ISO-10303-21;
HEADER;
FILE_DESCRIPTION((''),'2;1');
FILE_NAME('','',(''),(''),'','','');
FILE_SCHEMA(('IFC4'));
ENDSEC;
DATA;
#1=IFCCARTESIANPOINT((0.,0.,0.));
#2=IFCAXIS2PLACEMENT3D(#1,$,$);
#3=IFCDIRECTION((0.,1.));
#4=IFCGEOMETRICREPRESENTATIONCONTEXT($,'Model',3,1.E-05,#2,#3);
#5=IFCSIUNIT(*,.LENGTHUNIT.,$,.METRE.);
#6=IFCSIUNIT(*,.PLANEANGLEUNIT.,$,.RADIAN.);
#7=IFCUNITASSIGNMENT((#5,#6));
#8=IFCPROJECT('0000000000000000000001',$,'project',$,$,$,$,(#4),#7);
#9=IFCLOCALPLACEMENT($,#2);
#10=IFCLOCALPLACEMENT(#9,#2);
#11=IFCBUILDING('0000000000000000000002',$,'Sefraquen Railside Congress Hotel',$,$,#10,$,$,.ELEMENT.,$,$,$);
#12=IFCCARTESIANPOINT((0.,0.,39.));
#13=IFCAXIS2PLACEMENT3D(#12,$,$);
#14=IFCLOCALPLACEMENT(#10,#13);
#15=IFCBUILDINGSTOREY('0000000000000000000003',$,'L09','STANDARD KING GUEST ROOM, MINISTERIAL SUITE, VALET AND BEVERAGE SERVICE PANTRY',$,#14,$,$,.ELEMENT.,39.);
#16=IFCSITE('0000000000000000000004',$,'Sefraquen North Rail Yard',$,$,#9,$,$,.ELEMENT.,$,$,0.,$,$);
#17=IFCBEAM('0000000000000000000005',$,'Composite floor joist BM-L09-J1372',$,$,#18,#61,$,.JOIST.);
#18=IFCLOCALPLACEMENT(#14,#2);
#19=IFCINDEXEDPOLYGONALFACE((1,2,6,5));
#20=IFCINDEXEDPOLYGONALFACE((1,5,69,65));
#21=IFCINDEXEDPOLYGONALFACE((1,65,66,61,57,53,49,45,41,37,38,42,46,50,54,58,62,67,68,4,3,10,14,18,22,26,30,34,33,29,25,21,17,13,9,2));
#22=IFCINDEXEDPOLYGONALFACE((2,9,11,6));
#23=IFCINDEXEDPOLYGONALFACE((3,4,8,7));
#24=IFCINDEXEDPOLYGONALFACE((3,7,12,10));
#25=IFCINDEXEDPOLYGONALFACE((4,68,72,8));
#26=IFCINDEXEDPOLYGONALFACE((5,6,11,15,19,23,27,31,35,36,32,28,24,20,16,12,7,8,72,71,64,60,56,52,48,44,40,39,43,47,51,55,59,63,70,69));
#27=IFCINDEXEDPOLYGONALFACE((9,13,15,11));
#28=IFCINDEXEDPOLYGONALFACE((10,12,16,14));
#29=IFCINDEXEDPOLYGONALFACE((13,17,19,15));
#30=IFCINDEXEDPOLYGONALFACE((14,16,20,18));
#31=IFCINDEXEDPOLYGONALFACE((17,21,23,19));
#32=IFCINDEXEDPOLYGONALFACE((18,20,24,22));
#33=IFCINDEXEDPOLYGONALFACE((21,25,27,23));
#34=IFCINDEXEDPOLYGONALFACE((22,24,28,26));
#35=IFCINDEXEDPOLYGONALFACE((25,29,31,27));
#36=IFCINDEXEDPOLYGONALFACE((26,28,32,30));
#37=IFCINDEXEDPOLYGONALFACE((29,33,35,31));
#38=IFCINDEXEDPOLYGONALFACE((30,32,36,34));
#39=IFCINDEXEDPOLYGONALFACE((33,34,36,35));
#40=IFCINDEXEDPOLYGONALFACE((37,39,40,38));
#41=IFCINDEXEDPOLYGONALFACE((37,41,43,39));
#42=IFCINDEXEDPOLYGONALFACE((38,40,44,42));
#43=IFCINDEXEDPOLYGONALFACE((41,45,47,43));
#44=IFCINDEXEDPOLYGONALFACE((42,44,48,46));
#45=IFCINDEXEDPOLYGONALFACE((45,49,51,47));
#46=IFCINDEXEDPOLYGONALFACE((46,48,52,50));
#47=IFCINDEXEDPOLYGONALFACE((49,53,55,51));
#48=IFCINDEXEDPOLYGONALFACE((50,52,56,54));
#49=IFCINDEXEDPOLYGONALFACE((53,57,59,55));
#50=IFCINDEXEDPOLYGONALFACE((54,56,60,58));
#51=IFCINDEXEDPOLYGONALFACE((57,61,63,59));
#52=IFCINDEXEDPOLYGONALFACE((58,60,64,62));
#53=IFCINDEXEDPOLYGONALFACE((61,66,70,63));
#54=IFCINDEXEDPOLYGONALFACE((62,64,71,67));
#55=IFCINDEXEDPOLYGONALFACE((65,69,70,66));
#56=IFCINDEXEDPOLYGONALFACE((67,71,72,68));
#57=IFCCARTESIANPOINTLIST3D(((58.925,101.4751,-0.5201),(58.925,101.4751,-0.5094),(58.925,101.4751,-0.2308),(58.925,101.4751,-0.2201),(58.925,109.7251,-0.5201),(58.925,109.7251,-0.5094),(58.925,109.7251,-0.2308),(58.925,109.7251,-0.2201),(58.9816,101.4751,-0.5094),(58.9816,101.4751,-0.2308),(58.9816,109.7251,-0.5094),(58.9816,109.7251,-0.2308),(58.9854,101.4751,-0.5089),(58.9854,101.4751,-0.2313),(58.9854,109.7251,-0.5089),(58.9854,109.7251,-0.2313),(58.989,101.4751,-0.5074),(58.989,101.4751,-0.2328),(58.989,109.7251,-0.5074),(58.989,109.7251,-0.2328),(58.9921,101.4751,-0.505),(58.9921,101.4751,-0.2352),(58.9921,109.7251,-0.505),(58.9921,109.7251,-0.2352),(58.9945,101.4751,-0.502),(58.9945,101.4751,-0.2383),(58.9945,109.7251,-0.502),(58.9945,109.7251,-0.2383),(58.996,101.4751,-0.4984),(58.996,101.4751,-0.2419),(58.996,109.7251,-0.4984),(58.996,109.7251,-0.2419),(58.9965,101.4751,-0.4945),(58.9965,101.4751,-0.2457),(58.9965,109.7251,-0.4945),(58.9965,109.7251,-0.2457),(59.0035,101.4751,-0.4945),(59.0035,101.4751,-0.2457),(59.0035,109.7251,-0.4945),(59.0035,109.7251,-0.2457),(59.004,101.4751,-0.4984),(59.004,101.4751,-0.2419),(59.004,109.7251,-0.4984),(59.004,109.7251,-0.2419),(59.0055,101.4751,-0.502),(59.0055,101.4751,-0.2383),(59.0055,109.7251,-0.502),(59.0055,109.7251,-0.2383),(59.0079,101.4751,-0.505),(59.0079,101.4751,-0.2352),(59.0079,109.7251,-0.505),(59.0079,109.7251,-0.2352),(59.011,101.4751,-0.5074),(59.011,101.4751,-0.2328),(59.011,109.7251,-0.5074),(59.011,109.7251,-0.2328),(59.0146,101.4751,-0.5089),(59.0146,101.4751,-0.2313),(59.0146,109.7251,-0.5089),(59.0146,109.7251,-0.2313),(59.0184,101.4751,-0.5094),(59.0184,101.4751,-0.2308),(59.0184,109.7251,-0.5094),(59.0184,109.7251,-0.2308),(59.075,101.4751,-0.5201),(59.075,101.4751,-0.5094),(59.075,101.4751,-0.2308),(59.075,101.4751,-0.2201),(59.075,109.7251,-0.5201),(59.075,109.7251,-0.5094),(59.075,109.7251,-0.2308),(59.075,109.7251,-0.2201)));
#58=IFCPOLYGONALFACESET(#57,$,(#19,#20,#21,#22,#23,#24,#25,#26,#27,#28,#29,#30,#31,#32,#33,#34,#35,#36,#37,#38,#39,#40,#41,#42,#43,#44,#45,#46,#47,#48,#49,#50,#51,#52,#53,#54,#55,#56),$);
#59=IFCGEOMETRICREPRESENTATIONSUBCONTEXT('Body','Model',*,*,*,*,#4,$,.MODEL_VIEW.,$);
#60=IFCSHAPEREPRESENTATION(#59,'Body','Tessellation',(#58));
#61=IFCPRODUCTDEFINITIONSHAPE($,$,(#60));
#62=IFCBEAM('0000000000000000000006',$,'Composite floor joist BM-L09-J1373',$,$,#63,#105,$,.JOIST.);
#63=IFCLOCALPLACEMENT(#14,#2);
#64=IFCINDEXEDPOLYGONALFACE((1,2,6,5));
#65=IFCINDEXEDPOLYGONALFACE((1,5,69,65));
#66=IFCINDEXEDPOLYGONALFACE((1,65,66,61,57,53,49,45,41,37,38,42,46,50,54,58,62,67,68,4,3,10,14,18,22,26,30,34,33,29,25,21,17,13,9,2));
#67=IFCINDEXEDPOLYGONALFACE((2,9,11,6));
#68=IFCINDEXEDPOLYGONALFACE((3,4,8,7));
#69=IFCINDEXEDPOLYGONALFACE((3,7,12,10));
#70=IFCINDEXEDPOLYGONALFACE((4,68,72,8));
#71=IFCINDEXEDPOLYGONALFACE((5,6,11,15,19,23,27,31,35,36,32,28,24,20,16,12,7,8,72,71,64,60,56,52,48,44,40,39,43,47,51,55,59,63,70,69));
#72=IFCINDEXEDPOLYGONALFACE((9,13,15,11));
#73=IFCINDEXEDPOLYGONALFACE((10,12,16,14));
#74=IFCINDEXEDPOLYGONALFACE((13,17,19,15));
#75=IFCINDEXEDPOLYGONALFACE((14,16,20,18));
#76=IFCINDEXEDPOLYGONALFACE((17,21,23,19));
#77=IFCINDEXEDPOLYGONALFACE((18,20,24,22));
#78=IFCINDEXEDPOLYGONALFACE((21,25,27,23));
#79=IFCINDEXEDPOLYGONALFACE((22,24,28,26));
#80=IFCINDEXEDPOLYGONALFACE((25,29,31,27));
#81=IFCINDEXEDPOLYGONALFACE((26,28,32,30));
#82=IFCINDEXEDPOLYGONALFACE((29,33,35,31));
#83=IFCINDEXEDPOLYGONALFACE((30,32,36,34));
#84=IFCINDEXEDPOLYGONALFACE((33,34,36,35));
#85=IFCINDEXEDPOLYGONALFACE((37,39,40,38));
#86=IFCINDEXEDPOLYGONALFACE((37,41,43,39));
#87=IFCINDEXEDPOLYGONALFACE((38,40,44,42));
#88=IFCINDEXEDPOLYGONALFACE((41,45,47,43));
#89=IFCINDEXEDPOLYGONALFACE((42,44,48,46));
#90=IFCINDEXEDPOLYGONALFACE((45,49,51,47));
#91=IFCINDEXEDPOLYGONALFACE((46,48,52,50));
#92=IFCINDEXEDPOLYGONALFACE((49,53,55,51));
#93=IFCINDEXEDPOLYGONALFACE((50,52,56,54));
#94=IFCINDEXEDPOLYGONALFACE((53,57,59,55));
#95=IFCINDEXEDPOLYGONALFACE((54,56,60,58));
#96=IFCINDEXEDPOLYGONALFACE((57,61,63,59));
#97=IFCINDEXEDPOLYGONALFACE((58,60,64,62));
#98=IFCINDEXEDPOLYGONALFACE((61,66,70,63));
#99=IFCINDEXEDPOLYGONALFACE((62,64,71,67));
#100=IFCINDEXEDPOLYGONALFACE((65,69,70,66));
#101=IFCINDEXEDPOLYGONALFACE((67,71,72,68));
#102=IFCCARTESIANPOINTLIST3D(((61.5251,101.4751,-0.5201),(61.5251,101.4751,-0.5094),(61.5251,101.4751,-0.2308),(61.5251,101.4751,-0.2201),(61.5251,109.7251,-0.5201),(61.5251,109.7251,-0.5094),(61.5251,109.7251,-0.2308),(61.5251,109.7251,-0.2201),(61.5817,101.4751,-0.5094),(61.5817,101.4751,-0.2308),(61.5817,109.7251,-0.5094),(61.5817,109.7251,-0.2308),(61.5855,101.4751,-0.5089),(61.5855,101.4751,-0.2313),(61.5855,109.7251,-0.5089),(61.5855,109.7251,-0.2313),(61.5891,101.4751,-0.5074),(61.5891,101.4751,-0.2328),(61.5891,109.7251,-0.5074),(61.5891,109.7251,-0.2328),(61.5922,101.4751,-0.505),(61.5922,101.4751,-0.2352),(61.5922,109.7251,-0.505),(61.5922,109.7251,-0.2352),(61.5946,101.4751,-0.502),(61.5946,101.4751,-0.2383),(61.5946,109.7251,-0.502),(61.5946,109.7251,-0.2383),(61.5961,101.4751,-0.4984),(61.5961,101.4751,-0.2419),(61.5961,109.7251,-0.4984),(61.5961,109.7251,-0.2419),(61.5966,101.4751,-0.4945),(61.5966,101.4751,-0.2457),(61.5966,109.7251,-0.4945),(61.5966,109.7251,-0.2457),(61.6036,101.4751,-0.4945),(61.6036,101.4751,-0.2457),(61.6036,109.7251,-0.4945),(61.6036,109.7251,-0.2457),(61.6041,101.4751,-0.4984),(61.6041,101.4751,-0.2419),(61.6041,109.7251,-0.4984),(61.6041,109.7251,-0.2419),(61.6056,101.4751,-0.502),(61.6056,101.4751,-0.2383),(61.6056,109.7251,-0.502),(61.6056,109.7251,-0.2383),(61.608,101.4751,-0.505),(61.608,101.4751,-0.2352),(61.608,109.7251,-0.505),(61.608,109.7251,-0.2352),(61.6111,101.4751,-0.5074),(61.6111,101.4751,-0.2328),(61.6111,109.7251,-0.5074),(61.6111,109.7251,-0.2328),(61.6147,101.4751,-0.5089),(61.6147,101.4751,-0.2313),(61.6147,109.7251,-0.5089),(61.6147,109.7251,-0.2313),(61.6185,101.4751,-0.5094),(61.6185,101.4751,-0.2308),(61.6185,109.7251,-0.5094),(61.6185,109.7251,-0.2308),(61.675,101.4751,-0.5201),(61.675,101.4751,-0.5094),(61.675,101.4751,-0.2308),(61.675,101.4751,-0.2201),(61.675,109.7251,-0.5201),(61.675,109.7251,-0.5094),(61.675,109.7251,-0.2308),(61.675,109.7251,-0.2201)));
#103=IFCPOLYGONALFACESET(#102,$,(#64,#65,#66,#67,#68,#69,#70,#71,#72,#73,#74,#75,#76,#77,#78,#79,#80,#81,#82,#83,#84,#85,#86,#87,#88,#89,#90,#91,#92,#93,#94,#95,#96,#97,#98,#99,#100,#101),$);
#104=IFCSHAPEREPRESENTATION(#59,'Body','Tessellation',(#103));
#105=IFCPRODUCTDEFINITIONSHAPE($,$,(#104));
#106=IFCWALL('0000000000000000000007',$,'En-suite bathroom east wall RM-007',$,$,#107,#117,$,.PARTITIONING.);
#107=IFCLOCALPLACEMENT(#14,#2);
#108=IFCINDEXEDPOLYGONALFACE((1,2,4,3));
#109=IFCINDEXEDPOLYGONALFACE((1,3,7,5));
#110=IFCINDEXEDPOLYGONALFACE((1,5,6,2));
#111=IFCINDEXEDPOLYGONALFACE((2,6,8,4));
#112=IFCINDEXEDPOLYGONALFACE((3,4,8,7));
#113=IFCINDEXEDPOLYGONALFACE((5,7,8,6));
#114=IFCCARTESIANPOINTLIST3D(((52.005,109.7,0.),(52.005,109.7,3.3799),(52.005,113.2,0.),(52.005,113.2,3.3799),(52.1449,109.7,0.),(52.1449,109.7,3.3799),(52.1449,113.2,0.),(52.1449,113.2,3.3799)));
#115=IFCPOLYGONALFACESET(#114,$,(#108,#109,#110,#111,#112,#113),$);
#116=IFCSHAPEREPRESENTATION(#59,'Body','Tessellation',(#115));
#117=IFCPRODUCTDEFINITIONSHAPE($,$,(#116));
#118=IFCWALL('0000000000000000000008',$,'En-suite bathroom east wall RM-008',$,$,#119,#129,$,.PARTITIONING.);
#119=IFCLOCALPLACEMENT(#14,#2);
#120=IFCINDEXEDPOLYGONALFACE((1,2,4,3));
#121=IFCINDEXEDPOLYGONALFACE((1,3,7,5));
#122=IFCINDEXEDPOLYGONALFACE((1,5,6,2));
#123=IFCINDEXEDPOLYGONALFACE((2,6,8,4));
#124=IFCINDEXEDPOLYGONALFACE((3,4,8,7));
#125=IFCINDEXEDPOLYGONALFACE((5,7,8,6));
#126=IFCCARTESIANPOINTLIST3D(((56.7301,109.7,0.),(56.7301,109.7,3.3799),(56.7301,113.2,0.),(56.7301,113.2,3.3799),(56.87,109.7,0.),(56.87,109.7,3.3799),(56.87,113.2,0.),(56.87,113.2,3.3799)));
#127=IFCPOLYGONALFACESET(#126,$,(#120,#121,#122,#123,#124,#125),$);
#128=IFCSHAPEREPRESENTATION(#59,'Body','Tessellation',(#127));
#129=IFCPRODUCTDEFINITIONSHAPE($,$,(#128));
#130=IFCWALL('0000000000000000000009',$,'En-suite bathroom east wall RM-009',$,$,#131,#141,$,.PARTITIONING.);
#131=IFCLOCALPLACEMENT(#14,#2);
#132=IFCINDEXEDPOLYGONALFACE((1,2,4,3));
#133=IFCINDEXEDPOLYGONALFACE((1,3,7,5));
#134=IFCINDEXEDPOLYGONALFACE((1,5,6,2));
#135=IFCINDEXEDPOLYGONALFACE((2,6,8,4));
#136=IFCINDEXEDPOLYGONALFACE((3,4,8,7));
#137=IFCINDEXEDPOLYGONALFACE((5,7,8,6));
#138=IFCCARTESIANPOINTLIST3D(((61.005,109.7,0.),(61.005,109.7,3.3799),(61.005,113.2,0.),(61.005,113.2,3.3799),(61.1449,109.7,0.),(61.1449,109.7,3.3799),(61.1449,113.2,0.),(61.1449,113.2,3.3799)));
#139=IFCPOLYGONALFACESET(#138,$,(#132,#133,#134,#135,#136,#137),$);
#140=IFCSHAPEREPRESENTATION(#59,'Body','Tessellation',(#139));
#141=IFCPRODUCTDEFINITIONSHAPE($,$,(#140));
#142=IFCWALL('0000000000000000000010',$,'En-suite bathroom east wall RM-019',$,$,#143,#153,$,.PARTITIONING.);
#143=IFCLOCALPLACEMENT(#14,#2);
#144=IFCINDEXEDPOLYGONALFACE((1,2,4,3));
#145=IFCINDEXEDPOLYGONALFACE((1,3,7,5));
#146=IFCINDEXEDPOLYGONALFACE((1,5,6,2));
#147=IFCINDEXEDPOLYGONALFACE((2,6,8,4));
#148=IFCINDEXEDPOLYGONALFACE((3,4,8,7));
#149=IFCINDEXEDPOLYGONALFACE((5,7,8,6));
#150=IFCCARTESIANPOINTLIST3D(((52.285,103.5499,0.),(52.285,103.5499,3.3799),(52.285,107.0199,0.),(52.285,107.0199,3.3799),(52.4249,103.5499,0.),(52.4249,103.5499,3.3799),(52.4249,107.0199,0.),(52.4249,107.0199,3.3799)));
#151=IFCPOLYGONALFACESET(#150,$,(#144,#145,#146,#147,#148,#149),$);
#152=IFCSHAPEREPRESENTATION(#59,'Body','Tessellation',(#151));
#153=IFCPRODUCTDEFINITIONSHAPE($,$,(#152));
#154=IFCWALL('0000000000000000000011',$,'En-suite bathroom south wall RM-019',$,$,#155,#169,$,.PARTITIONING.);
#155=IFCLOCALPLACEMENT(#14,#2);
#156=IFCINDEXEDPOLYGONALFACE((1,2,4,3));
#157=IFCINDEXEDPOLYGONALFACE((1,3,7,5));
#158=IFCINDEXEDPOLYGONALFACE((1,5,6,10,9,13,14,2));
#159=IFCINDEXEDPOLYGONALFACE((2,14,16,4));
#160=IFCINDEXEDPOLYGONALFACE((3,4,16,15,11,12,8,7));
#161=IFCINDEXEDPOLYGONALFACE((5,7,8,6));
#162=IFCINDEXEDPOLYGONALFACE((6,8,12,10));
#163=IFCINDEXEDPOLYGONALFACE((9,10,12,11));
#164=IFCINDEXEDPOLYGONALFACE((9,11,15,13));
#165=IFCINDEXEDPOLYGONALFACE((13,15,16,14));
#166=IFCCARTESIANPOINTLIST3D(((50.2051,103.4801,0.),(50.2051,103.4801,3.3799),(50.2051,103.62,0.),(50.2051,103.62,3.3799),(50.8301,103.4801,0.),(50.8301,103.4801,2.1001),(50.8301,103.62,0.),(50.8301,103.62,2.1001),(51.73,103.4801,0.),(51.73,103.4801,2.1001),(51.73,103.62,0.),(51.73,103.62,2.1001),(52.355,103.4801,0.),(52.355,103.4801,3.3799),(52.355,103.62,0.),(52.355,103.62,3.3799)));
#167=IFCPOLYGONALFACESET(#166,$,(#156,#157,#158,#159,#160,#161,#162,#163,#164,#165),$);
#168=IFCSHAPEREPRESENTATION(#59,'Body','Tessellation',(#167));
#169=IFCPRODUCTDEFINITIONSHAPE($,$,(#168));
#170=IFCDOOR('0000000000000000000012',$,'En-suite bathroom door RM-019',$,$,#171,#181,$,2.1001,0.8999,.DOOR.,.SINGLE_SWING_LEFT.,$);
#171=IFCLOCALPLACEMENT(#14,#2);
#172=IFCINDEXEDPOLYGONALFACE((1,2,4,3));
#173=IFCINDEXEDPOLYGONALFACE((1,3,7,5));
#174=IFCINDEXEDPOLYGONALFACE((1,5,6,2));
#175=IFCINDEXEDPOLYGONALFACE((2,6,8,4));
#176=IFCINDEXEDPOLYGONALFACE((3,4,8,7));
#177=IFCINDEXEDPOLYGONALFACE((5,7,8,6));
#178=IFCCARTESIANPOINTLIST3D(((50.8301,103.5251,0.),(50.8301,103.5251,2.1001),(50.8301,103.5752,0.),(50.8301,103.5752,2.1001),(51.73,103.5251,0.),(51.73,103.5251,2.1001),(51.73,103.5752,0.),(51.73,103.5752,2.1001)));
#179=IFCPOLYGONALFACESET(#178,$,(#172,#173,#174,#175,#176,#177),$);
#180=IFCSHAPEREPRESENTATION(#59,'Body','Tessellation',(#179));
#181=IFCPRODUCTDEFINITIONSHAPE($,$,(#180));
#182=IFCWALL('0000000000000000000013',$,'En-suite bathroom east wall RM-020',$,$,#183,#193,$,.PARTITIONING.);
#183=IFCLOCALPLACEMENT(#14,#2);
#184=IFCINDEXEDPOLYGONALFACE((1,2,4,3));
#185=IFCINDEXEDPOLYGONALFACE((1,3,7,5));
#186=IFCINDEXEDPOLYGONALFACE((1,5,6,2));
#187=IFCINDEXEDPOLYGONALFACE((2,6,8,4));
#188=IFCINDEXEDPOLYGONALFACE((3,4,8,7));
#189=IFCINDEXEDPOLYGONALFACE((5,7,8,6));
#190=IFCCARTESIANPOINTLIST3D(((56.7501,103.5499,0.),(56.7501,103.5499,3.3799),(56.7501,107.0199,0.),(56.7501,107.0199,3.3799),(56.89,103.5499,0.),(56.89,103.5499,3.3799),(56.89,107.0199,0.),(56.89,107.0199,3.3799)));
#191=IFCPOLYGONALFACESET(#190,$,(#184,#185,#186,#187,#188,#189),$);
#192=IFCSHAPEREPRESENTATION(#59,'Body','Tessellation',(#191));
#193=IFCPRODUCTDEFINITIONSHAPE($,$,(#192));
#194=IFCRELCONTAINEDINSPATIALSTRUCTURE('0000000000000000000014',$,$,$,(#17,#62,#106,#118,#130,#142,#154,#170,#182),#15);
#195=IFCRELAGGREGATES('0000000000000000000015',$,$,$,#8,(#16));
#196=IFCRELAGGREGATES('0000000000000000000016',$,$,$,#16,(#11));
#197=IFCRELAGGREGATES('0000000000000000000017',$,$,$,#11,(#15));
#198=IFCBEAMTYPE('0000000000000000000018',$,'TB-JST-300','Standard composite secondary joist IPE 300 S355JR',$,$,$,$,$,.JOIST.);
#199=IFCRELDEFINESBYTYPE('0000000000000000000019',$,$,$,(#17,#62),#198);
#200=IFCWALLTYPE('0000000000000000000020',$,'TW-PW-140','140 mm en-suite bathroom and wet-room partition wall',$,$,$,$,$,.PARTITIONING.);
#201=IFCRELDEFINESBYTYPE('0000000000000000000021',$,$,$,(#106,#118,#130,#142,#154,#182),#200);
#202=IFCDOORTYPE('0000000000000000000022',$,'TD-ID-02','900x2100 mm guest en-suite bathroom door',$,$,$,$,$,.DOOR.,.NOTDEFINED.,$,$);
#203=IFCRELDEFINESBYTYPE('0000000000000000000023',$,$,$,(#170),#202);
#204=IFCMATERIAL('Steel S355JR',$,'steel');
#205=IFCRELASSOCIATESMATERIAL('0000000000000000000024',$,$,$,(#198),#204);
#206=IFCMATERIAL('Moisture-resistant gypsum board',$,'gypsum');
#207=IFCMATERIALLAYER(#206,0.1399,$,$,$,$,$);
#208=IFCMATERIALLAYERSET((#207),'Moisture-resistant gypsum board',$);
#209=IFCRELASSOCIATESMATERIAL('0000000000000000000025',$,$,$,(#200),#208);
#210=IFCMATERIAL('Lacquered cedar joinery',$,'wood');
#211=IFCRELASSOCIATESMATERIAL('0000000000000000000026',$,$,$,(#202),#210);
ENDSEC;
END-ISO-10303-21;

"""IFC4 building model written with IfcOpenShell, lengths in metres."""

from ifc_helpers import new_model, si_unit, direction, frame, frame_2d, origin, origin_2d, place, context, subcontext, project, spatial, rectangle, i_section, extrude, material, layer, layer_set, material_profile, profile_set, type_object, element, fill, save


model = new_model("IFC4")

# Units and contexts
model_context = context("Model", 3, precision=1e-05, world=origin(), true_north=direction((0.0, 1.0)))
body_context = subcontext(model_context, "Body", "Model", "MODEL_VIEW")
ifc_project = project(units=[si_unit("LENGTHUNIT", "METRE"), si_unit("PLANEANGLEUNIT", "RADIAN")], contexts=[model_context])

# Site, building, storey
site_placement = place(None, origin())
site = spatial("IfcSite", under=ifc_project, at=site_placement, Name="Sefraquen North Rail Yard", CompositionType="ELEMENT", RefElevation=0.0)
building_placement = place(site_placement, origin())
building = spatial("IfcBuilding", under=site, at=building_placement, Name="Sefraquen Railside Congress Hotel", CompositionType="ELEMENT")
storey_placement = place(building_placement, frame((0.0, 0.0, 39.0)))
storey = spatial("IfcBuildingStorey", under=building, at=storey_placement, Name="L09", Description="STANDARD KING GUEST ROOM, MINISTERIAL SUITE, VALET AND BEVERAGE SERVICE PANTRY", CompositionType="ELEMENT", Elevation=39.0)

# Beams
ifc_material_1 = material(Name="Steel S355JR", Category="steel")
ifc_material_profile_1 = material_profile(ifc_material_1, i_section(OverallWidth=0.1499, OverallDepth=0.3, WebThickness=0.0071, FlangeThickness=0.0107, FilletRadius=0.0149, at=origin_2d()), Name="IPE 300")
ifc_profile_set_1 = profile_set([ifc_material_profile_1], Name="Steel S355JR")
beam_type_1 = type_object("IfcBeamType", Name="TB-JST-300", Description="Standard composite secondary joist IPE 300 S355JR", PredefinedType="JOIST", material=ifc_profile_set_1)
for number, where, z_axis, x_axis, name in (
    (1, (59.0, 101.4751, -0.3701), (0.0, 1.0, 0.0), (-1.0, 0.0, 0.0), "Composite floor joist BM-L09-J1372"),
    (2, (61.6001, 101.4751, -0.3701), (0.0, 1.0, 0.0), (-1.0, 0.0, 0.0), "Composite floor joist BM-L09-J1373"),
):
    element("IfcBeam", number, at=place(storey_placement, frame(where, z_axis=z_axis, x_axis=x_axis)), inside=storey, type_object=beam_type_1, Name=name, PredefinedType="JOIST", context=body_context, shape_type="SweptSolid", body=[
        extrude(i_section(OverallWidth=0.1499, OverallDepth=0.3, WebThickness=0.0071, FlangeThickness=0.0107, FilletRadius=0.0149, at=origin_2d()), origin(), (0.0, 0.0, 1.0), 8.25),
    ])

# Walls
ifc_material_2 = material(Name="Moisture-resistant gypsum board", Category="gypsum")
ifc_layer_1 = layer(ifc_material_2, 0.1399)
ifc_layer_set_1 = layer_set([ifc_layer_1], Name="Moisture-resistant gypsum board")
wall_type_1 = type_object("IfcWallType", Name="TW-PW-140", Description="140 mm en-suite bathroom and wet-room partition wall", PredefinedType="PARTITIONING", material=ifc_layer_set_1)
for number, where, z_axis, x_axis, name in (
    (3, (52.075, 109.7, 0.0), (0.0, 0.0, 1.0), (0.0, 1.0, 0.0), "En-suite bathroom east wall RM-007"),
    (4, (56.8, 109.7, 0.0), (0.0, 0.0, 1.0), (0.0, 1.0, 0.0), "En-suite bathroom east wall RM-008"),
    (5, (61.075, 109.7, 0.0), (0.0, 0.0, 1.0), (0.0, 1.0, 0.0), "En-suite bathroom east wall RM-009"),
):
    element("IfcWall", number, at=place(storey_placement, frame(where, z_axis=z_axis, x_axis=x_axis)), inside=storey, type_object=wall_type_1, Name=name, PredefinedType="PARTITIONING", context=body_context, shape_type="SweptSolid", body=[
        extrude(rectangle(XDim=3.5, YDim=0.1399, at=frame_2d((1.75, 0.0))), origin(), (0.0, 0.0, 1.0), 3.3799),
    ])
wall_1_placement = place(storey_placement, frame((52.355, 103.55, 0.0), z_axis=(0.0, 0.0, 1.0), x_axis=(0.0, 1.0, 0.0)))
element("IfcWall", 6, at=wall_1_placement, inside=storey, type_object=wall_type_1, Name="En-suite bathroom east wall RM-019", PredefinedType="PARTITIONING", context=body_context, shape_type="SweptSolid", body=[
    extrude(rectangle(XDim=3.47, YDim=0.1399, at=frame_2d((1.7349, 0.0))), origin(), (0.0, 0.0, 1.0), 3.3799),
])

# Wall, opening, door
wall_2_placement = place(storey_placement, frame((50.2051, 103.55, 0.0), z_axis=(0.0, 0.0, 1.0), x_axis=(1.0, 0.0, 0.0)))
wall_2 = element("IfcWall", 7, at=wall_2_placement, inside=storey, type_object=wall_type_1, Name="En-suite bathroom south wall RM-019", PredefinedType="PARTITIONING", context=body_context, shape_type="SweptSolid", body=[
    extrude(rectangle(XDim=2.1499, YDim=0.1399, at=frame_2d((1.075, 0.0))), origin(), (0.0, 0.0, 1.0), 3.3799),
])
opening_1_placement = place(wall_2_placement, frame((0.625, 0.0, 0.0)))
opening_1 = element("IfcOpeningElement", 8, at=opening_1_placement, cuts=wall_2, PredefinedType="OPENING", context=body_context, shape_type="SweptSolid", body=[
    extrude(rectangle(XDim=0.8999, YDim=2.1001, at=frame_2d((0.45, 1.05))), frame((0.0, 0.0798, 0.0), z_axis=(0.0, -1.0, 0.0), x_axis=(1.0, 0.0, 0.0)), (0.0, 0.0, 1.0), 0.1599),
])
ifc_material_3 = material(Name="Lacquered cedar joinery", Category="wood")
door_type = type_object("IfcDoorType", Name="TD-ID-02", Description="900x2100 mm guest en-suite bathroom door", OperationType="NOTDEFINED", PredefinedType="DOOR", material=ifc_material_3)
door_1_placement = place(opening_1_placement, frame((0.8999, 0.0, 0.0), z_axis=(0.0, 0.0, 1.0), x_axis=(-1.0, 0.0, 0.0)))
door_1 = element("IfcDoor", 9, at=door_1_placement, inside=storey, type_object=door_type, Name="En-suite bathroom door RM-019", OperationType="SINGLE_SWING_LEFT", OverallHeight=2.1001, OverallWidth=0.8999, PredefinedType="DOOR", context=body_context, shape_type="SweptSolid", body=[
    extrude(rectangle(XDim=0.8999, YDim=2.1001, at=frame_2d((0.45, 1.05))), frame((0.0, 0.0249, 0.0), z_axis=(0.0, -1.0, 0.0), x_axis=(1.0, 0.0, 0.0)), (0.0, 0.0, 1.0), 0.05),
])
fill(opening_1, door_1)

# Wall
wall_3_placement = place(storey_placement, frame((56.8201, 103.55, 0.0), z_axis=(0.0, 0.0, 1.0), x_axis=(0.0, 1.0, 0.0)))
element("IfcWall", 10, at=wall_3_placement, inside=storey, type_object=wall_type_1, Name="En-suite bathroom east wall RM-020", PredefinedType="PARTITIONING", context=body_context, shape_type="SweptSolid", body=[
    extrude(rectangle(XDim=3.47, YDim=0.1399, at=frame_2d((1.7349, 0.0))), origin(), (0.0, 0.0, 1.0), 3.3799),
])

save(model, "model.ifc")
